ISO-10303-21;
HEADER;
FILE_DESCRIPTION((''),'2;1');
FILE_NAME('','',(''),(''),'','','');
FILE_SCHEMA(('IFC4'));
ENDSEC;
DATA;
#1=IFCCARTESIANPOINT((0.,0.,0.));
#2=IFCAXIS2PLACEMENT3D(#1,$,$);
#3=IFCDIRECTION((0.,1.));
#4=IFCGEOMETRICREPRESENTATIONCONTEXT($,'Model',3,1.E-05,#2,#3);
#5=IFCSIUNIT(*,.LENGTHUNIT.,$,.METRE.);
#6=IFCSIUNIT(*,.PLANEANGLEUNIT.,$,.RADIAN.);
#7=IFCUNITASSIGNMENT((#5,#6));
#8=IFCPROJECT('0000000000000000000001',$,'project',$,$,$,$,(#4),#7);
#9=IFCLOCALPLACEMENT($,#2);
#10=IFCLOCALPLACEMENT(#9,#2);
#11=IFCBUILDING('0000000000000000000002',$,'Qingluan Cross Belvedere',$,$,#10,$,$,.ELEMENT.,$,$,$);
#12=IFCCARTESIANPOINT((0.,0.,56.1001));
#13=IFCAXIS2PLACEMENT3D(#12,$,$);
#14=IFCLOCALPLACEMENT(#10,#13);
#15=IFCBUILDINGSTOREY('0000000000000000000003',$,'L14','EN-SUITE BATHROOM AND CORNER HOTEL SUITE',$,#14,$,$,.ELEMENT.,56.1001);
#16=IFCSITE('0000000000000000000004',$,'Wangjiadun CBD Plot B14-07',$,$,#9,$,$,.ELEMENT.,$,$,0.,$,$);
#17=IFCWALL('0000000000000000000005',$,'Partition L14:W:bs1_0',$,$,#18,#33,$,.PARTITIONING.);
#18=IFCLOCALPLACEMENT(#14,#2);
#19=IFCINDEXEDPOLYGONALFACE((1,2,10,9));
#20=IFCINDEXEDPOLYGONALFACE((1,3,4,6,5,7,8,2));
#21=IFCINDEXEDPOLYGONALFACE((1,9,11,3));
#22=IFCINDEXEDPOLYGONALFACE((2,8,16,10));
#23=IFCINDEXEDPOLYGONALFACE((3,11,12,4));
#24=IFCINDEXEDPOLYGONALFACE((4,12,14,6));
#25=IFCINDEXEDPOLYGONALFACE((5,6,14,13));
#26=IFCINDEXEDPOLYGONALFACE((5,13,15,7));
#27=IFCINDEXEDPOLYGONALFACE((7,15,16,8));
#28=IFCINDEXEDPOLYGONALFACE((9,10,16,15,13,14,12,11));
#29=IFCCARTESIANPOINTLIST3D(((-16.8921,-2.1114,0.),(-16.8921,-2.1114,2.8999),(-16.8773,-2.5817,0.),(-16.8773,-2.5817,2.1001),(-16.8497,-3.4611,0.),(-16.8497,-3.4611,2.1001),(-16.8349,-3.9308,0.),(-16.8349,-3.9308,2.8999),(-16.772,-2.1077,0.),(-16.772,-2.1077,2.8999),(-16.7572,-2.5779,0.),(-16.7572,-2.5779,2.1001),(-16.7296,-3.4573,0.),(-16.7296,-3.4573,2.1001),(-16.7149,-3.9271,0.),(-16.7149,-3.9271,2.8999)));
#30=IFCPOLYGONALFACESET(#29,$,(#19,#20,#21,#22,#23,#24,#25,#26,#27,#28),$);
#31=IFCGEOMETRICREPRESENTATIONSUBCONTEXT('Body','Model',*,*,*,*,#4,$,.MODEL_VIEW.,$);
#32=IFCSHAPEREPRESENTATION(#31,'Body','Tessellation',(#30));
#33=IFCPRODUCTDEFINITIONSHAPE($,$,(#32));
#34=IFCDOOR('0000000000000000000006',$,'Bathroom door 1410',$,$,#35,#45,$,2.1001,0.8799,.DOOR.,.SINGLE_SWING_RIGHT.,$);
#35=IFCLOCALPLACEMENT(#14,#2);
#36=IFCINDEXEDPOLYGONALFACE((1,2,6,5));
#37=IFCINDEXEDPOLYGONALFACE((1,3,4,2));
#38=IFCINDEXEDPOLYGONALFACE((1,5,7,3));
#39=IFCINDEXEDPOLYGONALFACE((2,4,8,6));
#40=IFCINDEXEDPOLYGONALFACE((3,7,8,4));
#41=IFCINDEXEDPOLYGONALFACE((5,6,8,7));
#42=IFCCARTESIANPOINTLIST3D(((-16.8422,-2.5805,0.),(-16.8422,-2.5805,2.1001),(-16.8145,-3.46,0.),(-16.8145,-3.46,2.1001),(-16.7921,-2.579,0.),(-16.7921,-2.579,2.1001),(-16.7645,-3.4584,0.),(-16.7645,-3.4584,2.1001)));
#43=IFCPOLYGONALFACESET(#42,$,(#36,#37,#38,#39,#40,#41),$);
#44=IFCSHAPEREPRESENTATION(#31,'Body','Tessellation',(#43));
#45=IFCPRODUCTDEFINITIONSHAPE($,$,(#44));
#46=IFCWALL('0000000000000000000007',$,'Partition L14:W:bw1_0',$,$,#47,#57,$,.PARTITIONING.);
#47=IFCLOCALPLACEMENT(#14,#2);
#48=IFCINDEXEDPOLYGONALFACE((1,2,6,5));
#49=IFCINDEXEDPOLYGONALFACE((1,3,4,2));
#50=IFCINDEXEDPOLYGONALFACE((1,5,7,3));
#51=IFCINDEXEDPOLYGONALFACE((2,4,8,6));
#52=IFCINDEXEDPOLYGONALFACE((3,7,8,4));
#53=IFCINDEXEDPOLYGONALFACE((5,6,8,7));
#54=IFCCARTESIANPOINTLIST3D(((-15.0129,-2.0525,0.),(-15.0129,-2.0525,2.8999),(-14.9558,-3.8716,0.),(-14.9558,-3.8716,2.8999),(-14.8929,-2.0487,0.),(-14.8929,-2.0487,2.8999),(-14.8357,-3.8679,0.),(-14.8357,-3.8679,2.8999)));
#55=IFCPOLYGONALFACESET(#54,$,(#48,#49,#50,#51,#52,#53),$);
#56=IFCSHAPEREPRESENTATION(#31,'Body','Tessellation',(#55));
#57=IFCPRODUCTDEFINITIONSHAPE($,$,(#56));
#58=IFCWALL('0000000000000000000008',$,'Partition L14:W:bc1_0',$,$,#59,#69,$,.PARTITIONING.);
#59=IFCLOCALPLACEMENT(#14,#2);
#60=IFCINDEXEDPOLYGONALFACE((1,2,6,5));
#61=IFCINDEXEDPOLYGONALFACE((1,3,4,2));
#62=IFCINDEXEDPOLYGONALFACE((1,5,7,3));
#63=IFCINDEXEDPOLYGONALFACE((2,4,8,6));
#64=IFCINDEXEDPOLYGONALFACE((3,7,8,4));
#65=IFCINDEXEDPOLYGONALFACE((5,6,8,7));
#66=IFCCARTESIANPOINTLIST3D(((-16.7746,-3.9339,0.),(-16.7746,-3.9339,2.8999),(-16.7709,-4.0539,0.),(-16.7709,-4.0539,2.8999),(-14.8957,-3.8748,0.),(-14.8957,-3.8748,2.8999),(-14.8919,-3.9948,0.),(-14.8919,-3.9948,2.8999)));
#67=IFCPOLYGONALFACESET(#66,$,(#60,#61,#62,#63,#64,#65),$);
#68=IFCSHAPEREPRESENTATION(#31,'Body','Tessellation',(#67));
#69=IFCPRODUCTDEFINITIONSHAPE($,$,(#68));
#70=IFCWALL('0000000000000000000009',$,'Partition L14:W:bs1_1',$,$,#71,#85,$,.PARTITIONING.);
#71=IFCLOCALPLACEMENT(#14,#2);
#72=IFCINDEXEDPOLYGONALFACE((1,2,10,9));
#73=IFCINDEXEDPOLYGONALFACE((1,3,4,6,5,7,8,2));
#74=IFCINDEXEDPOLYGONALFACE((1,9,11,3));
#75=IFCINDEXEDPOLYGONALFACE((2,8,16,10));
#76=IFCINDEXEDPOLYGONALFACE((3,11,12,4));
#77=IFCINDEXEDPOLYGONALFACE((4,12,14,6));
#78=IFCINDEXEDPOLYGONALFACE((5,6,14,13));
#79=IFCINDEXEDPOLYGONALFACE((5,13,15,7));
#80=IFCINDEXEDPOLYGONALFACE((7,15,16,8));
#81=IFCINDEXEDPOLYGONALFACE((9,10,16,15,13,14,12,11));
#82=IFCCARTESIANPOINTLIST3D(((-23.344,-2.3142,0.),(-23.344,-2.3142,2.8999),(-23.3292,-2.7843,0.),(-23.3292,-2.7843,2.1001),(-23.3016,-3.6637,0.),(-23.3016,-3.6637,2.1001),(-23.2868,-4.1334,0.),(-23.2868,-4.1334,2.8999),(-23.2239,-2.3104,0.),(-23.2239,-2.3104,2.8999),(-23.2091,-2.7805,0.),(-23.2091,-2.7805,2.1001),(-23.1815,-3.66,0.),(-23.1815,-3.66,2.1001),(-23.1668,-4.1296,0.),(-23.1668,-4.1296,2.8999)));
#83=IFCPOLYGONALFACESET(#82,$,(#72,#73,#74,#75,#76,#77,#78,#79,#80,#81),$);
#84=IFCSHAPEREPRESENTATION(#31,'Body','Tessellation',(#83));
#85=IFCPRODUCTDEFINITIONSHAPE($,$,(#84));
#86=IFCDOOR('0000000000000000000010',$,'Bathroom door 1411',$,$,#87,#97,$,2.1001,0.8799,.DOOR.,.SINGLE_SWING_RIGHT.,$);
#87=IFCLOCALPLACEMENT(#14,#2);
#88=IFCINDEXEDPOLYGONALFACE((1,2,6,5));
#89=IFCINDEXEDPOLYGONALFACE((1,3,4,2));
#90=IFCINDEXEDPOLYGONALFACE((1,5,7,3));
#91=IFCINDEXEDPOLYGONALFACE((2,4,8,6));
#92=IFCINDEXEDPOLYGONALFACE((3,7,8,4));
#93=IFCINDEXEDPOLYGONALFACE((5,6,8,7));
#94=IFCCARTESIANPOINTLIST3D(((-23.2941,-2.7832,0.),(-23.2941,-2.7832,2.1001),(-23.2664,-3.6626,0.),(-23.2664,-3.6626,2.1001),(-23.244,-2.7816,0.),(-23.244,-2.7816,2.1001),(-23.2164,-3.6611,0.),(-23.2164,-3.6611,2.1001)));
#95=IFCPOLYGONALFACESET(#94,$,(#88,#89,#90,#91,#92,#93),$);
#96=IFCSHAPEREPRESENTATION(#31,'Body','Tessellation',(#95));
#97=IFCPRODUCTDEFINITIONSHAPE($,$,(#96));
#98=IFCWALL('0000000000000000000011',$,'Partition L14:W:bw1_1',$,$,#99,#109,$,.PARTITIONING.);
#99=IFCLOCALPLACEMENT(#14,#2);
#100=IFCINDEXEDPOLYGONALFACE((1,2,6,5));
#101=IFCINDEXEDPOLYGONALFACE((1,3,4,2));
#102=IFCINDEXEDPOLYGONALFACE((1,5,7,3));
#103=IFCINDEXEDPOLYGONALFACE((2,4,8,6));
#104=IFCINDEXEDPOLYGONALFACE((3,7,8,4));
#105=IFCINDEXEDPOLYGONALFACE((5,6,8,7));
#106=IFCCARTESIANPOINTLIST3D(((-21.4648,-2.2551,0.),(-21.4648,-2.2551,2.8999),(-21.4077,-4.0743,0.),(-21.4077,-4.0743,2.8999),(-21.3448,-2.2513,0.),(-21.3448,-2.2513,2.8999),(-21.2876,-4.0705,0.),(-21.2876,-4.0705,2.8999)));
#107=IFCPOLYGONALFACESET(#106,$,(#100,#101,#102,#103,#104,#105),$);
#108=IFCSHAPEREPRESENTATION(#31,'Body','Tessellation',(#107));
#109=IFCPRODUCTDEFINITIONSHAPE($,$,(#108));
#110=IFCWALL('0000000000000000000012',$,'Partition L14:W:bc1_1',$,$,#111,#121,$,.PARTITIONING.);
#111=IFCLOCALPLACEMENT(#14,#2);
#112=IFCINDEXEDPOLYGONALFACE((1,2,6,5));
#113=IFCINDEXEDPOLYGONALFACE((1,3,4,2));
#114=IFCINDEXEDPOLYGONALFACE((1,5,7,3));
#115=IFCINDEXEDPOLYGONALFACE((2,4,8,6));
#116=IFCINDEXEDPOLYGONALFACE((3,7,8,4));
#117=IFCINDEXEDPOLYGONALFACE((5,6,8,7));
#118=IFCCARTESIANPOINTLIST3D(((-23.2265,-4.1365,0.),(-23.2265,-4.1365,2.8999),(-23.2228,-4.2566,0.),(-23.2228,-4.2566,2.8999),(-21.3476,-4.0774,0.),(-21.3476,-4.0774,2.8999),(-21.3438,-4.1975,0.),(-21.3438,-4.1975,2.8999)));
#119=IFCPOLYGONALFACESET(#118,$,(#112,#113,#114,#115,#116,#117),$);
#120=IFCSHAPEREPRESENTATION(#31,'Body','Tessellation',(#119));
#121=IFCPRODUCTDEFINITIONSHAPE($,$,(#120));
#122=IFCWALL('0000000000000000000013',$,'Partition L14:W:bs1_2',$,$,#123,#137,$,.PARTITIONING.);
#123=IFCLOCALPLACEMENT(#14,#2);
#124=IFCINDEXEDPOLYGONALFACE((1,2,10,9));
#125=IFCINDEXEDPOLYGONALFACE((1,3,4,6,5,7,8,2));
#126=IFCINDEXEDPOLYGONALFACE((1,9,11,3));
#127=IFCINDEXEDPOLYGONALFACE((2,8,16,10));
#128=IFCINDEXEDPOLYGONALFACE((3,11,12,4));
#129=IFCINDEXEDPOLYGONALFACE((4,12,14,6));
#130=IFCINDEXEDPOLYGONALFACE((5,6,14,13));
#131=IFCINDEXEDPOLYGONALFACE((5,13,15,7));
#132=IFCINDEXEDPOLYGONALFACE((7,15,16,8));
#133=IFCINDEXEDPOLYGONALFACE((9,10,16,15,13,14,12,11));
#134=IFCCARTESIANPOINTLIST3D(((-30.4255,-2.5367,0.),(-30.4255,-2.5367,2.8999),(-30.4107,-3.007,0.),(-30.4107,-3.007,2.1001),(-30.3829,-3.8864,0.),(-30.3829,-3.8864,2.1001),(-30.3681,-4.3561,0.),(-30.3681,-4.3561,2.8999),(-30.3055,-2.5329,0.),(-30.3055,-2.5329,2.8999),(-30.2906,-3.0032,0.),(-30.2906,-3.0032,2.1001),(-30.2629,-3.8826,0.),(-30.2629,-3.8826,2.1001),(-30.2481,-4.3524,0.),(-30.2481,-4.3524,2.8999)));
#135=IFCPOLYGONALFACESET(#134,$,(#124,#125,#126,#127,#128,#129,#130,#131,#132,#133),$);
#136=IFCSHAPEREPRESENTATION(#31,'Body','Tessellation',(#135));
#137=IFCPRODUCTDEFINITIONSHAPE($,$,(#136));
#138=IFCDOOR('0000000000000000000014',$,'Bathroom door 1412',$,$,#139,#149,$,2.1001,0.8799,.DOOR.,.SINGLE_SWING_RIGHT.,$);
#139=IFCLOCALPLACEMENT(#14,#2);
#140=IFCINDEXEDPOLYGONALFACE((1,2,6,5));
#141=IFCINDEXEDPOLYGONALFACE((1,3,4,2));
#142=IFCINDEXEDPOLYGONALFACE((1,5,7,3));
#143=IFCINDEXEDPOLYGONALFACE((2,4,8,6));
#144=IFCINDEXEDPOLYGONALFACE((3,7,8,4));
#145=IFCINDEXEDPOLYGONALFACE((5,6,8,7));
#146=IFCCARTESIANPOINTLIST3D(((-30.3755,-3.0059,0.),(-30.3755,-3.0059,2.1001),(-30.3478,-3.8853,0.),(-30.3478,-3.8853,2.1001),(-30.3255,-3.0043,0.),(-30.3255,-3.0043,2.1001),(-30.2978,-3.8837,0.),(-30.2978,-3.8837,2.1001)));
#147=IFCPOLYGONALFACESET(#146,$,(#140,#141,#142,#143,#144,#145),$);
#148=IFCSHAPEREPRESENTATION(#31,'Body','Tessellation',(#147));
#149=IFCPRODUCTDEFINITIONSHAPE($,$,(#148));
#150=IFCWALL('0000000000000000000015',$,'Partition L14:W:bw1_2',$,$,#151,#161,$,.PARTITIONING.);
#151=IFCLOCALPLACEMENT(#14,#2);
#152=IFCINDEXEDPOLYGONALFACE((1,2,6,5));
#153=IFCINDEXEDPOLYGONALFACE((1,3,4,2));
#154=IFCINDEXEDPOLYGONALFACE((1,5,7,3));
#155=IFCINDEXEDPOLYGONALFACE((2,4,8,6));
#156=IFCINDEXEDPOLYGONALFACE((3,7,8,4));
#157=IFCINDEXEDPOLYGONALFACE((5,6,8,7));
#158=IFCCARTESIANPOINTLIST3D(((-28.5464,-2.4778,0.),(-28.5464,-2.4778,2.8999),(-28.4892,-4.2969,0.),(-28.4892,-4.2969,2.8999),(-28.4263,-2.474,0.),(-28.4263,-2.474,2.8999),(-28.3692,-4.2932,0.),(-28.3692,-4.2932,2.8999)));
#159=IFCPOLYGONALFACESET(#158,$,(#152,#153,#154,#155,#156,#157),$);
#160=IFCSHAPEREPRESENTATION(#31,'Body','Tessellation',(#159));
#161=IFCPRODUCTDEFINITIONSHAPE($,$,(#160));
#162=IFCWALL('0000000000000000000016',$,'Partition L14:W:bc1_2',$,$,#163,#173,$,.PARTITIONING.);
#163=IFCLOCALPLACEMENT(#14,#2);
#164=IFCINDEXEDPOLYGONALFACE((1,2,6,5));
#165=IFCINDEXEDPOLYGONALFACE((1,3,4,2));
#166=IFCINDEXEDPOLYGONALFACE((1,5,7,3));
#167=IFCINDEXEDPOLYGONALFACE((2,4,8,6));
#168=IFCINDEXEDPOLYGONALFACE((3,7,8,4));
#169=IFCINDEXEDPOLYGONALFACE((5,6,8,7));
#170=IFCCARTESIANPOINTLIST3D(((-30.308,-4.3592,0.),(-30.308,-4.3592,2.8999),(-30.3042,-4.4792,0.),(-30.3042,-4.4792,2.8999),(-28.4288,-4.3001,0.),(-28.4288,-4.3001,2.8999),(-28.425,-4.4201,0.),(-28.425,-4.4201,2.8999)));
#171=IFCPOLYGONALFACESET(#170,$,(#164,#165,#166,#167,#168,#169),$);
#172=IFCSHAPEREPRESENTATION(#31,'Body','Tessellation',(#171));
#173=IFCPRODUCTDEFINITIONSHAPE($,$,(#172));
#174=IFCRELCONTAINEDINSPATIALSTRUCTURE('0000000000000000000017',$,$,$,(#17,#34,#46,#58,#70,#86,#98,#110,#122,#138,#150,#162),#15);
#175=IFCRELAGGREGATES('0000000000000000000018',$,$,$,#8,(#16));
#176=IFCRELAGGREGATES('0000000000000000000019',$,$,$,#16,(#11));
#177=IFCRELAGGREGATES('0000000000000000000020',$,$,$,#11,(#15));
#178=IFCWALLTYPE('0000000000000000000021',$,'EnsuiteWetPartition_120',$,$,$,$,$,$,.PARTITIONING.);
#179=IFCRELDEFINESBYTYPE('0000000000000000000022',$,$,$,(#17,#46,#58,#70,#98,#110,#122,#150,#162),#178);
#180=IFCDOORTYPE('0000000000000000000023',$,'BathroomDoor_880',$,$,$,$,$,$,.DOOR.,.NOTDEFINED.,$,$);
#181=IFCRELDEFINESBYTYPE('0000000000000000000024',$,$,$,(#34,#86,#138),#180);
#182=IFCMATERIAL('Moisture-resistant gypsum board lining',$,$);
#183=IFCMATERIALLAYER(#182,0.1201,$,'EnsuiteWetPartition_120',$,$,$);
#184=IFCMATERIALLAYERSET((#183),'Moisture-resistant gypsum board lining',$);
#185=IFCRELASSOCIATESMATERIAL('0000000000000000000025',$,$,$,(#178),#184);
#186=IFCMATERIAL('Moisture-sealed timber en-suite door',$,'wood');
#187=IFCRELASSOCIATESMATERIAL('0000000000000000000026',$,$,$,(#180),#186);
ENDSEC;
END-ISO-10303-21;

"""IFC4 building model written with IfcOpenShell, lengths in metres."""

from ifc_helpers import new_model, si_unit, direction, frame, frame_2d, origin, place, context, subcontext, project, spatial, rectangle, extrude, material, layer, layer_set, type_object, element, fill, save


model = new_model("IFC4")

# Units and contexts
model_context = context("Model", 3, precision=1e-05, world=origin(), true_north=direction((0.0, 1.0)))
body_context = subcontext(model_context, "Body", "Model", "MODEL_VIEW")
ifc_project = project(units=[si_unit("LENGTHUNIT", "METRE"), si_unit("PLANEANGLEUNIT", "RADIAN")], contexts=[model_context])

# Site, building, storey
site_placement = place(None, origin())
site = spatial("IfcSite", under=ifc_project, at=site_placement, Name="Wangjiadun CBD Plot B14-07", CompositionType="ELEMENT", RefElevation=0.0)
building_placement = place(site_placement, origin())
building = spatial("IfcBuilding", under=site, at=building_placement, Name="Qingluan Cross Belvedere", CompositionType="ELEMENT")
storey_placement = place(building_placement, frame((0.0, 0.0, 56.1001)))
storey = spatial("IfcBuildingStorey", under=building, at=storey_placement, Name="L14", Description="EN-SUITE BATHROOM AND CORNER HOTEL SUITE", CompositionType="ELEMENT", Elevation=56.1001)

# Wall, opening, door
ifc_material_1 = material(Name="Moisture-resistant gypsum board lining")
ifc_layer_1 = layer(ifc_material_1, 0.1201, Name="EnsuiteWetPartition_120")
ifc_layer_set_1 = layer_set([ifc_layer_1], Name="Moisture-resistant gypsum board lining")
wall_type_1 = type_object("IfcWallType", Name="EnsuiteWetPartition_120", PredefinedType="PARTITIONING", material=ifc_layer_set_1)
wall_1_placement = place(storey_placement, frame((-16.7749, -3.929, 0.0), z_axis=(0.0, 0.0, 1.0), x_axis=(-0.031385, 0.999507, 0.0)))
wall_1 = element("IfcWall", 1, at=wall_1_placement, inside=storey, type_object=wall_type_1, Name="Partition L14:W:bs1_0", PredefinedType="PARTITIONING", context=body_context, shape_type="SweptSolid", body=[
    extrude(rectangle(XDim=1.8203, YDim=0.1201, at=frame_2d((0.9102, 0.0))), origin(), (0.0, 0.0, 1.0), 2.8999),
])
opening_1_placement = place(wall_1_placement, frame((0.47, 0.0, 0.0)))
opening_1 = element("IfcOpeningElement", 2, at=opening_1_placement, cuts=wall_1, PredefinedType="OPENING", context=body_context, shape_type="SweptSolid", body=[
    extrude(rectangle(XDim=0.8799, YDim=2.1001, at=frame_2d((0.4399, 1.05))), frame((0.0, 0.0701, 0.0), z_axis=(0.0, -1.0, 0.0), x_axis=(1.0, 0.0, 0.0)), (0.0, 0.0, 1.0), 0.1401),
])
ifc_material_2 = material(Name="Moisture-sealed timber en-suite door", Category="wood")
door_type_1 = type_object("IfcDoorType", Name="BathroomDoor_880", OperationType="NOTDEFINED", PredefinedType="DOOR", material=ifc_material_2)
door_1_placement = place(opening_1_placement, origin())
door_1 = element("IfcDoor", 3, at=door_1_placement, inside=storey, type_object=door_type_1, Name="Bathroom door 1410", OperationType="SINGLE_SWING_RIGHT", OverallHeight=2.1001, OverallWidth=0.8799, PredefinedType="DOOR", context=body_context, shape_type="SweptSolid", body=[
    extrude(rectangle(XDim=0.8799, YDim=2.1001, at=frame_2d((0.4399, 1.05))), frame((0.0, 0.0249, 0.0), z_axis=(0.0, -1.0, 0.0), x_axis=(1.0, 0.0, 0.0)), (0.0, 0.0, 1.0), 0.05),
])
fill(opening_1, door_1)

# Walls
wall_2_placement = place(storey_placement, frame((-14.8958, -3.8699, 0.0), z_axis=(0.0, 0.0, 1.0), x_axis=(-0.03139, 0.999507, 0.0)))
element("IfcWall", 4, at=wall_2_placement, inside=storey, type_object=wall_type_1, Name="Partition L14:W:bw1_0", PredefinedType="PARTITIONING", context=body_context, shape_type="SweptSolid", body=[
    extrude(rectangle(XDim=1.8201, YDim=0.1201, at=frame_2d((0.9102, 0.0))), origin(), (0.0, 0.0, 1.0), 2.8999),
])
wall_3_placement = place(storey_placement, frame((-14.8938, -3.9348, 0.0), z_axis=(0.0, 0.0, 1.0), x_axis=(-0.999506, -0.031429, 0.0)))
element("IfcWall", 5, at=wall_3_placement, inside=storey, type_object=wall_type_1, Name="Partition L14:W:bc1_0", PredefinedType="PARTITIONING", context=body_context, shape_type="SweptSolid", body=[
    extrude(rectangle(XDim=1.8799, YDim=0.1201, at=frame_2d((0.9399, 0.0))), origin(), (0.0, 0.0, 1.0), 2.8999),
])

# Wall, opening, door
wall_4_placement = place(storey_placement, frame((-23.2268, -4.1316, 0.0), z_axis=(0.0, 0.0, 1.0), x_axis=(-0.03139, 0.999507, 0.0)))
wall_4 = element("IfcWall", 6, at=wall_4_placement, inside=storey, type_object=wall_type_1, Name="Partition L14:W:bs1_1", PredefinedType="PARTITIONING", context=body_context, shape_type="SweptSolid", body=[
    extrude(rectangle(XDim=1.8201, YDim=0.1201, at=frame_2d((0.9102, 0.0))), origin(), (0.0, 0.0, 1.0), 2.8999),
])
opening_2_placement = place(wall_4_placement, frame((0.47, 0.0, 0.0)))
opening_2 = element("IfcOpeningElement", 7, at=opening_2_placement, cuts=wall_4, PredefinedType="OPENING", context=body_context, shape_type="SweptSolid", body=[
    extrude(rectangle(XDim=0.8799, YDim=2.1001, at=frame_2d((0.4399, 1.05))), frame((0.0, 0.0701, 0.0), z_axis=(0.0, -1.0, 0.0), x_axis=(1.0, 0.0, 0.0)), (0.0, 0.0, 1.0), 0.1401),
])
door_2_placement = place(opening_2_placement, origin())
door_2 = element("IfcDoor", 8, at=door_2_placement, inside=storey, type_object=door_type_1, Name="Bathroom door 1411", OperationType="SINGLE_SWING_RIGHT", OverallHeight=2.1001, OverallWidth=0.8799, PredefinedType="DOOR", context=body_context, shape_type="SweptSolid", body=[
    extrude(rectangle(XDim=0.8799, YDim=2.1001, at=frame_2d((0.4399, 1.05))), frame((0.0, 0.0249, 0.0), z_axis=(0.0, -1.0, 0.0), x_axis=(1.0, 0.0, 0.0)), (0.0, 0.0, 1.0), 0.05),
])
fill(opening_2, door_2)

# Walls
wall_5_placement = place(storey_placement, frame((-21.3477, -4.0725, 0.0), z_axis=(0.0, 0.0, 1.0), x_axis=(-0.03139, 0.999507, 0.0)))
element("IfcWall", 9, at=wall_5_placement, inside=storey, type_object=wall_type_1, Name="Partition L14:W:bw1_1", PredefinedType="PARTITIONING", context=body_context, shape_type="SweptSolid", body=[
    extrude(rectangle(XDim=1.8201, YDim=0.1201, at=frame_2d((0.9102, 0.0))), origin(), (0.0, 0.0, 1.0), 2.8999),
])
wall_6_placement = place(storey_placement, frame((-21.3457, -4.1375, 0.0), z_axis=(0.0, 0.0, 1.0), x_axis=(-0.999506, -0.031429, 0.0)))
element("IfcWall", 10, at=wall_6_placement, inside=storey, type_object=wall_type_1, Name="Partition L14:W:bc1_1", PredefinedType="PARTITIONING", context=body_context, shape_type="SweptSolid", body=[
    extrude(rectangle(XDim=1.8799, YDim=0.1201, at=frame_2d((0.9399, 0.0))), origin(), (0.0, 0.0, 1.0), 2.8999),
])

# Wall, opening, door
wall_7_placement = place(storey_placement, frame((-30.3081, -4.3542, 0.0), z_axis=(0.0, 0.0, 1.0), x_axis=(-0.031519, 0.999503, 0.0)))
wall_7 = element("IfcWall", 11, at=wall_7_placement, inside=storey, type_object=wall_type_1, Name="Partition L14:W:bs1_2", PredefinedType="PARTITIONING", context=body_context, shape_type="SweptSolid", body=[
    extrude(rectangle(XDim=1.8203, YDim=0.1201, at=frame_2d((0.9102, 0.0))), origin(), (0.0, 0.0, 1.0), 2.8999),
])
opening_3_placement = place(wall_7_placement, frame((0.47, 0.0, 0.0)))
opening_3 = element("IfcOpeningElement", 12, at=opening_3_placement, cuts=wall_7, PredefinedType="OPENING", context=body_context, shape_type="SweptSolid", body=[
    extrude(rectangle(XDim=0.8799, YDim=2.1001, at=frame_2d((0.4399, 1.05))), frame((0.0, 0.0701, 0.0), z_axis=(0.0, -1.0, 0.0), x_axis=(1.0, 0.0, 0.0)), (0.0, 0.0, 1.0), 0.1401),
])
door_3_placement = place(opening_3_placement, origin())
door_3 = element("IfcDoor", 13, at=door_3_placement, inside=storey, type_object=door_type_1, Name="Bathroom door 1412", OperationType="SINGLE_SWING_RIGHT", OverallHeight=2.1001, OverallWidth=0.8799, PredefinedType="DOOR", context=body_context, shape_type="SweptSolid", body=[
    extrude(rectangle(XDim=0.8799, YDim=2.1001, at=frame_2d((0.4399, 1.05))), frame((0.0, 0.0249, 0.0), z_axis=(0.0, -1.0, 0.0), x_axis=(1.0, 0.0, 0.0)), (0.0, 0.0, 1.0), 0.05),
])
fill(opening_3, door_3)

# Walls
wall_8_placement = place(storey_placement, frame((-28.4292, -4.2952, 0.0), z_axis=(0.0, 0.0, 1.0), x_axis=(-0.03139, 0.999507, 0.0)))
element("IfcWall", 14, at=wall_8_placement, inside=storey, type_object=wall_type_1, Name="Partition L14:W:bw1_2", PredefinedType="PARTITIONING", context=body_context, shape_type="SweptSolid", body=[
    extrude(rectangle(XDim=1.8201, YDim=0.1201, at=frame_2d((0.9102, 0.0))), origin(), (0.0, 0.0, 1.0), 2.8999),
])
wall_9_placement = place(storey_placement, frame((-28.427, -4.3601, 0.0), z_axis=(0.0, 0.0, 1.0), x_axis=(-0.999506, -0.031425, 0.0)))
element("IfcWall", 15, at=wall_9_placement, inside=storey, type_object=wall_type_1, Name="Partition L14:W:bc1_2", PredefinedType="PARTITIONING", context=body_context, shape_type="SweptSolid", body=[
    extrude(rectangle(XDim=1.8801, YDim=0.1201, at=frame_2d((0.9399, 0.0))), origin(), (0.0, 0.0, 1.0), 2.8999),
])

save(model, "model.ifc")
